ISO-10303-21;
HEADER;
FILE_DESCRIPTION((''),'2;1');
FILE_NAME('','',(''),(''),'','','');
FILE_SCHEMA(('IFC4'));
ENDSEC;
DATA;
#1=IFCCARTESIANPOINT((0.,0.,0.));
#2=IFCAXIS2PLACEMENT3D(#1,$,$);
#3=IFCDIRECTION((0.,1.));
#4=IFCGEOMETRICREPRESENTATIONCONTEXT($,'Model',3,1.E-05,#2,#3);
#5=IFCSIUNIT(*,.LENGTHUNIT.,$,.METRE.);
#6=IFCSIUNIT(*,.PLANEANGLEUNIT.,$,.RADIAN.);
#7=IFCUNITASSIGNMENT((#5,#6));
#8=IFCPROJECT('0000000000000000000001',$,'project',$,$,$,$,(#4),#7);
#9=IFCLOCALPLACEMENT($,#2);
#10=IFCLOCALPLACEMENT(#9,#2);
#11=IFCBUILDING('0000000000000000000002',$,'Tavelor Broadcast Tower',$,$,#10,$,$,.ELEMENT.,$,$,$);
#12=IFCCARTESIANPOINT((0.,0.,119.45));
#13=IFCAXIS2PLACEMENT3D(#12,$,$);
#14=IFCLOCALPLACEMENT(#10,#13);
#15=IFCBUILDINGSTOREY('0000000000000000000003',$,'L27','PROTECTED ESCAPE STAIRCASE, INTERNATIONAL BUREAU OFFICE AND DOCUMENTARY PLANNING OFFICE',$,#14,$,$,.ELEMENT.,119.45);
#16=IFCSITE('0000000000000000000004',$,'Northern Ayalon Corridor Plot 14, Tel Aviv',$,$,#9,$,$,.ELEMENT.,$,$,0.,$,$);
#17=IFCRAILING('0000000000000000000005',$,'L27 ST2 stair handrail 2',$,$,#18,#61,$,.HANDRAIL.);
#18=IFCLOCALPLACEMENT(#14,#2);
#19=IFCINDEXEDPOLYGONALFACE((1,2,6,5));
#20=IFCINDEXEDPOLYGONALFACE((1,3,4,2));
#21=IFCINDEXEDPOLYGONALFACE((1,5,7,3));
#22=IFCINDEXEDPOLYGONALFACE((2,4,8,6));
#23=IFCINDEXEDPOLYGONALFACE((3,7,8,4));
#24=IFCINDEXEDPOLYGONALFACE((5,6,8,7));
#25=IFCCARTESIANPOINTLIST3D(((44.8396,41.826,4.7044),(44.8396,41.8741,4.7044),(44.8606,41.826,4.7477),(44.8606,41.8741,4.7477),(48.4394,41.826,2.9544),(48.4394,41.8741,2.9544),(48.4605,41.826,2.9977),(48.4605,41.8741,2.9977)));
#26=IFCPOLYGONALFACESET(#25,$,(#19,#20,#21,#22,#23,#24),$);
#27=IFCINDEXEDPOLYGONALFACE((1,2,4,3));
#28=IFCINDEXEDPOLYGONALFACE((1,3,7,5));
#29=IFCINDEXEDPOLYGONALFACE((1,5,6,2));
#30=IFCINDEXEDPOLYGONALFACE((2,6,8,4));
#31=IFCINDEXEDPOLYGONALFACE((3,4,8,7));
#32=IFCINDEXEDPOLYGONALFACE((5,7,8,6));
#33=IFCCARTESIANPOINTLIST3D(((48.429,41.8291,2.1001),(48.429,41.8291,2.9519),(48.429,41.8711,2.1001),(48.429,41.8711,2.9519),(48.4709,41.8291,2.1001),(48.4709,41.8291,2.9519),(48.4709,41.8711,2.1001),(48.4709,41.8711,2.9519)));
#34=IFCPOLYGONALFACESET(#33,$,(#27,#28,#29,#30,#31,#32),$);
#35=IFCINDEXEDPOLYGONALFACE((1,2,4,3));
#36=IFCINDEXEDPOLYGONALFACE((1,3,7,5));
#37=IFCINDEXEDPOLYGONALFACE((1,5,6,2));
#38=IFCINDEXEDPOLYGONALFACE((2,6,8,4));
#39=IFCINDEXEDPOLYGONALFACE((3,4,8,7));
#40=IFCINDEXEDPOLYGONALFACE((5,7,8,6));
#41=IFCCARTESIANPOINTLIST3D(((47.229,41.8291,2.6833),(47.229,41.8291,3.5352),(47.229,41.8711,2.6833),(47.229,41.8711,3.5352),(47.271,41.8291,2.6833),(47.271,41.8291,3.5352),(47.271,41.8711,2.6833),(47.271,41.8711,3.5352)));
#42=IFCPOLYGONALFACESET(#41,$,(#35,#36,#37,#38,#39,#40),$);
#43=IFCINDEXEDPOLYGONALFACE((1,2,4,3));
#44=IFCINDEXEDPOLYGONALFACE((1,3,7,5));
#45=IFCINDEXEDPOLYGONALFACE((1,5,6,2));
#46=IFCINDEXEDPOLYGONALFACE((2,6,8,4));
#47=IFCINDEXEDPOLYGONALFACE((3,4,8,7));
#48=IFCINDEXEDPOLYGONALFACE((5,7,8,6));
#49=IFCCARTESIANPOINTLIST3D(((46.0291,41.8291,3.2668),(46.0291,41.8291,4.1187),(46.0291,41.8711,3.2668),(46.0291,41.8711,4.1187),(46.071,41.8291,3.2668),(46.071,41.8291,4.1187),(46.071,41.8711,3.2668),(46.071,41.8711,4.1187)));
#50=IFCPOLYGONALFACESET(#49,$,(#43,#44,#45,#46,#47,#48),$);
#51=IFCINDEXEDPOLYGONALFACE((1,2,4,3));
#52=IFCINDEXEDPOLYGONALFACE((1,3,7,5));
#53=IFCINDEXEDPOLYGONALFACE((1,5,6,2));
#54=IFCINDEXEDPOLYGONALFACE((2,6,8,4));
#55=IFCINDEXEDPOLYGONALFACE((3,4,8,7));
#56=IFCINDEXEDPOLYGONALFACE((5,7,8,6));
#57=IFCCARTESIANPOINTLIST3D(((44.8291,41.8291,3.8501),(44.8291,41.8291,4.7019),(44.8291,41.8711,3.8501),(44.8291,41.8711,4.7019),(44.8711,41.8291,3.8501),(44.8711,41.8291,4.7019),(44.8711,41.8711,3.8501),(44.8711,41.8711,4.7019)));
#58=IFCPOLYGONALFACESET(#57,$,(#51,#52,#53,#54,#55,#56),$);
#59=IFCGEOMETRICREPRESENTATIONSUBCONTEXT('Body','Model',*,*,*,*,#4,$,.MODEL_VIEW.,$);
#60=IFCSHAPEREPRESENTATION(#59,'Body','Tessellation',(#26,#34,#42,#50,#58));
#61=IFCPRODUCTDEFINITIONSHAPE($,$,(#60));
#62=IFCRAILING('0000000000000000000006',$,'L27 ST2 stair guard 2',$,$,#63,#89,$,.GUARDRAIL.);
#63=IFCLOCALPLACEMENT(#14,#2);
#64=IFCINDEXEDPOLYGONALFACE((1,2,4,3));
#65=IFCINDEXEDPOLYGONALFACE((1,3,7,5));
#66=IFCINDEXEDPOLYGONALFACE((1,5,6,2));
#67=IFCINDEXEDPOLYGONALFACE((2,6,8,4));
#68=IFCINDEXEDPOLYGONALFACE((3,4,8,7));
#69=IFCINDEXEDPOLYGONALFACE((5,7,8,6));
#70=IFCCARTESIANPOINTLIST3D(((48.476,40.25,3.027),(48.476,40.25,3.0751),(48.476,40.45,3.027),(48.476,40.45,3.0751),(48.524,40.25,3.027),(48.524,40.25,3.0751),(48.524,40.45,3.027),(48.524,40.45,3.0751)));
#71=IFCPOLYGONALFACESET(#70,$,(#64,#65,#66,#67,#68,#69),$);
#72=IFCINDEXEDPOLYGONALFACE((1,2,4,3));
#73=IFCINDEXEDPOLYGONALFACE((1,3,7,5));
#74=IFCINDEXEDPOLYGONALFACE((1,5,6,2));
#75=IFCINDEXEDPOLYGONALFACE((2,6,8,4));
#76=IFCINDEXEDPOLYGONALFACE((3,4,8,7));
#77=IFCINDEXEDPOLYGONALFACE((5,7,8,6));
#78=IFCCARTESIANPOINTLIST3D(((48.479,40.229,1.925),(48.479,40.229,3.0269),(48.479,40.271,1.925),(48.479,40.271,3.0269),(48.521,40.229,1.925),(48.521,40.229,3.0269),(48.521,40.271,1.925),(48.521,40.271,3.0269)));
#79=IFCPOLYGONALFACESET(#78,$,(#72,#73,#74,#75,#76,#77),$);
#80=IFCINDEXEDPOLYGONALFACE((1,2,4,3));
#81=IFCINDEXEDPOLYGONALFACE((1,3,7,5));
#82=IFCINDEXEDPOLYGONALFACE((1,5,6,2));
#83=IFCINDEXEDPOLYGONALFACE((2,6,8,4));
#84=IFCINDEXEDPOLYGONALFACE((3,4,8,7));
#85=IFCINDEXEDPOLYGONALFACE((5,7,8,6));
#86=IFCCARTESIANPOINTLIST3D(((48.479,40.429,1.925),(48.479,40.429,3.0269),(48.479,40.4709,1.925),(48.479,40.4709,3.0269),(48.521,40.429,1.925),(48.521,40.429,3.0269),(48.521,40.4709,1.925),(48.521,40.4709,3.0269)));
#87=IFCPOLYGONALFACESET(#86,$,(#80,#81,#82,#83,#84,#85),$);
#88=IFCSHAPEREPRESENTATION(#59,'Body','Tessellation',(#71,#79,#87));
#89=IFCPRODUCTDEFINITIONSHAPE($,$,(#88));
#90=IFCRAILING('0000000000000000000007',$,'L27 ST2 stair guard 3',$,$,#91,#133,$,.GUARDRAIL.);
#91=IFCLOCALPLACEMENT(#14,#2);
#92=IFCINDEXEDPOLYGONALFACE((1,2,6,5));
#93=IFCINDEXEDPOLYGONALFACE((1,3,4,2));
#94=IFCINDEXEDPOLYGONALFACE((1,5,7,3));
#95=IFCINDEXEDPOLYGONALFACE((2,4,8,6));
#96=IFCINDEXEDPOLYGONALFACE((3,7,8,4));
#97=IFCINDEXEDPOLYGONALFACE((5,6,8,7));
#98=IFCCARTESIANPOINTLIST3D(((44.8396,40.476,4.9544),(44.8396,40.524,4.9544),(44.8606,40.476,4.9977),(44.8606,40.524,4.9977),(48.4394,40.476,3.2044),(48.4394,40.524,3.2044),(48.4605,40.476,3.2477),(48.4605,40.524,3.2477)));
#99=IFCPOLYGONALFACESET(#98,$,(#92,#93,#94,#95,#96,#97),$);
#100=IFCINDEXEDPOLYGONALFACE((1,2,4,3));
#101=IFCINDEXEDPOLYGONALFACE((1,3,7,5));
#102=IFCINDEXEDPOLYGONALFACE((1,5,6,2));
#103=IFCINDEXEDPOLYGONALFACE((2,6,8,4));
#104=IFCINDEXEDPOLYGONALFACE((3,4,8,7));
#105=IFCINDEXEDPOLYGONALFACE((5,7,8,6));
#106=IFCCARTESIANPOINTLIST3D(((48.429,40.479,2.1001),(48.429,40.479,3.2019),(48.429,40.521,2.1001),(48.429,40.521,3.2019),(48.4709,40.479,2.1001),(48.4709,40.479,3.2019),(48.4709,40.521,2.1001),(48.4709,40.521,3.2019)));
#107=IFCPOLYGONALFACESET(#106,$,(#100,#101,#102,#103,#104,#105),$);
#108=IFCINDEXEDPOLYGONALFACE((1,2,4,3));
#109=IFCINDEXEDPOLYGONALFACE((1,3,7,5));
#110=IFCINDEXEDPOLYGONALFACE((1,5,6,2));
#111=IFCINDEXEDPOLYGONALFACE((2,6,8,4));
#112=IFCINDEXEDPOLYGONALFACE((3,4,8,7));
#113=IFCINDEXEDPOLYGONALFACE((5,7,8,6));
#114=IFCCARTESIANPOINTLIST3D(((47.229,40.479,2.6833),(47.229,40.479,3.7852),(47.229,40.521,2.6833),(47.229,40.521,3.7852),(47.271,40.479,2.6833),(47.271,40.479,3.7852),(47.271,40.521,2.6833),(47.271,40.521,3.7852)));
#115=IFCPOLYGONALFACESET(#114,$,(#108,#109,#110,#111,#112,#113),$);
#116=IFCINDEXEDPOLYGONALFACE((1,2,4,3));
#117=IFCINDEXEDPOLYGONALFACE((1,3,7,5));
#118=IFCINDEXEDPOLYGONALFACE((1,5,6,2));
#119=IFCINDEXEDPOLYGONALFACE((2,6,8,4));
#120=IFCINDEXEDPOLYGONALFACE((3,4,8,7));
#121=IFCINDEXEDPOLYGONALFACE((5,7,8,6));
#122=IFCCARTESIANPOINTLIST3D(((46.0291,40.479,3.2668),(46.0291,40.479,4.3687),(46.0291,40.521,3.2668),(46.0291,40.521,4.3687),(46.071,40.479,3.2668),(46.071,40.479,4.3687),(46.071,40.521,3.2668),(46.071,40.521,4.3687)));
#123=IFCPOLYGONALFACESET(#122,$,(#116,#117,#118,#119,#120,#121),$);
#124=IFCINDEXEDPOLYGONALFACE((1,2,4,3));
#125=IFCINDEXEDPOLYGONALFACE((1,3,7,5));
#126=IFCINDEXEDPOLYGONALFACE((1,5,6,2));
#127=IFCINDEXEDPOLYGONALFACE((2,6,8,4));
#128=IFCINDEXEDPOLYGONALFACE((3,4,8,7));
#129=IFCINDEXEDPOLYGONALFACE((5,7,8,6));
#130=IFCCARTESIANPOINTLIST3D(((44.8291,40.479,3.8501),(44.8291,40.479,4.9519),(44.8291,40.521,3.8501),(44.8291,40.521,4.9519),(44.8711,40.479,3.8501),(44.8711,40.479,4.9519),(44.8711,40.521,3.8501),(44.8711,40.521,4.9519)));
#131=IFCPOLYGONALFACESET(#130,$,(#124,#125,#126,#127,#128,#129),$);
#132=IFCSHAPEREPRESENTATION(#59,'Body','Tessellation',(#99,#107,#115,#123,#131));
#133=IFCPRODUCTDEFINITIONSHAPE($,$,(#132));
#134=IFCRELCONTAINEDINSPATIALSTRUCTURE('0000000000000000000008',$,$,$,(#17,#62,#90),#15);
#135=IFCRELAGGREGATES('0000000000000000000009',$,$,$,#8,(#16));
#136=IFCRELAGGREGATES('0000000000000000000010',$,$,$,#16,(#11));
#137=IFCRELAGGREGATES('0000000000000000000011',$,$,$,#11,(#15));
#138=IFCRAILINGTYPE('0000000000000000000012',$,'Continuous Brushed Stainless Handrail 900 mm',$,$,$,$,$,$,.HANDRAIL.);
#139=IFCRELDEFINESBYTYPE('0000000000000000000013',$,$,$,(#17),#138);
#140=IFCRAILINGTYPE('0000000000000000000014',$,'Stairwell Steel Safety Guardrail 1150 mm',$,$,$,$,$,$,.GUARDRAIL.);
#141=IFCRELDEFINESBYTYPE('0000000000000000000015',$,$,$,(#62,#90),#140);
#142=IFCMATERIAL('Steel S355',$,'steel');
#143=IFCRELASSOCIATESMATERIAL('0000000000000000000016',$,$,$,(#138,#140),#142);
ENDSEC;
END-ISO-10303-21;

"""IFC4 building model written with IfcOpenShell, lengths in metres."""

from ifc_helpers import new_model, si_unit, direction, frame, origin, origin_2d, place, context, subcontext, project, spatial, rectangle, extrude, material, type_object, element, save


model = new_model("IFC4")

# Units and contexts
model_context = context("Model", 3, precision=1e-05, world=origin(), true_north=direction((0.0, 1.0)))
body_context = subcontext(model_context, "Body", "Model", "MODEL_VIEW")
ifc_project = project(units=[si_unit("LENGTHUNIT", "METRE"), si_unit("PLANEANGLEUNIT", "RADIAN")], contexts=[model_context])

# Site, building, storey
site_placement = place(None, origin())
site = spatial("IfcSite", under=ifc_project, at=site_placement, Name="Northern Ayalon Corridor Plot 14, Tel Aviv", CompositionType="ELEMENT", RefElevation=0.0)
building_placement = place(site_placement, origin())
building = spatial("IfcBuilding", under=site, at=building_placement, Name="Tavelor Broadcast Tower", CompositionType="ELEMENT")
storey_placement = place(building_placement, frame((0.0, 0.0, 119.45)))
storey = spatial("IfcBuildingStorey", under=building, at=storey_placement, Name="L27", Description="PROTECTED ESCAPE STAIRCASE, INTERNATIONAL BUREAU OFFICE AND DOCUMENTARY PLANNING OFFICE", CompositionType="ELEMENT", Elevation=119.45)

# Shared definitions
ifc_material_1 = material(Name="Steel S355", Category="steel")

# Railings
railing_type_1 = type_object("IfcRailingType", Name="Continuous Brushed Stainless Handrail 900 mm", PredefinedType="HANDRAIL", material=ifc_material_1)
railing_1_placement = place(storey_placement, frame((48.45, 41.8501, 2.1001)))
element("IfcRailing", 1, at=railing_1_placement, inside=storey, type_object=railing_type_1, Name="L27 ST2 stair handrail 2", PredefinedType="HANDRAIL", context=body_context, shape_type="SweptSolid", body=[
    extrude(rectangle(XDim=0.0481, YDim=0.0481, at=origin_2d()), frame((0.0, 0.0, 0.876), z_axis=(-0.899361, 0.0, 0.437207), x_axis=(0.0, -1.0, 0.0)), (0.0, 0.0, 1.0), 4.0027),
    extrude(rectangle(XDim=0.042, YDim=0.042, at=origin_2d()), origin(), (0.0, 0.0, 1.0), 0.8518),
    extrude(rectangle(XDim=0.042, YDim=0.042, at=origin_2d()), frame((-1.2, 0.0, 0.5833)), (0.0, 0.0, 1.0), 0.8518),
    extrude(rectangle(XDim=0.042, YDim=0.042, at=origin_2d()), frame((-2.3999, 0.0, 1.1667)), (0.0, 0.0, 1.0), 0.8518),
    extrude(rectangle(XDim=0.042, YDim=0.042, at=origin_2d()), frame((-3.5999, 0.0, 1.75)), (0.0, 0.0, 1.0), 0.8518),
])
railing_type_2 = type_object("IfcRailingType", Name="Stairwell Steel Safety Guardrail 1150 mm", PredefinedType="GUARDRAIL", material=ifc_material_1)
railing_2_placement = place(storey_placement, frame((48.5, 40.25, 1.925)))
element("IfcRailing", 2, at=railing_2_placement, inside=storey, type_object=railing_type_2, Name="L27 ST2 stair guard 2", PredefinedType="GUARDRAIL", context=body_context, shape_type="SweptSolid", body=[
    extrude(rectangle(XDim=0.0481, YDim=0.0481, at=origin_2d()), frame((0.0, 0.0, 1.126), z_axis=(0.0, 1.0, 0.0), x_axis=(-1.0, 0.0, 0.0)), (0.0, 0.0, 1.0), 0.2),
    extrude(rectangle(XDim=0.042, YDim=0.042, at=origin_2d()), origin(), (0.0, 0.0, 1.0), 1.1018),
    extrude(rectangle(XDim=0.042, YDim=0.042, at=origin_2d()), frame((0.0, 0.2, 0.0)), (0.0, 0.0, 1.0), 1.1018),
])
railing_3_placement = place(storey_placement, frame((48.45, 40.5, 2.1001)))
element("IfcRailing", 3, at=railing_3_placement, inside=storey, type_object=railing_type_2, Name="L27 ST2 stair guard 3", PredefinedType="GUARDRAIL", context=body_context, shape_type="SweptSolid", body=[
    extrude(rectangle(XDim=0.0481, YDim=0.0481, at=origin_2d()), frame((0.0, 0.0, 1.126), z_axis=(-0.899361, 0.0, 0.437207), x_axis=(0.0, -1.0, 0.0)), (0.0, 0.0, 1.0), 4.0027),
    extrude(rectangle(XDim=0.042, YDim=0.042, at=origin_2d()), origin(), (0.0, 0.0, 1.0), 1.1018),
    extrude(rectangle(XDim=0.042, YDim=0.042, at=origin_2d()), frame((-1.2, 0.0, 0.5833)), (0.0, 0.0, 1.0), 1.1018),
    extrude(rectangle(XDim=0.042, YDim=0.042, at=origin_2d()), frame((-2.3999, 0.0, 1.1667)), (0.0, 0.0, 1.0), 1.1018),
    extrude(rectangle(XDim=0.042, YDim=0.042, at=origin_2d()), frame((-3.5999, 0.0, 1.75)), (0.0, 0.0, 1.0), 1.1018),
])

save(model, "model.ifc")
